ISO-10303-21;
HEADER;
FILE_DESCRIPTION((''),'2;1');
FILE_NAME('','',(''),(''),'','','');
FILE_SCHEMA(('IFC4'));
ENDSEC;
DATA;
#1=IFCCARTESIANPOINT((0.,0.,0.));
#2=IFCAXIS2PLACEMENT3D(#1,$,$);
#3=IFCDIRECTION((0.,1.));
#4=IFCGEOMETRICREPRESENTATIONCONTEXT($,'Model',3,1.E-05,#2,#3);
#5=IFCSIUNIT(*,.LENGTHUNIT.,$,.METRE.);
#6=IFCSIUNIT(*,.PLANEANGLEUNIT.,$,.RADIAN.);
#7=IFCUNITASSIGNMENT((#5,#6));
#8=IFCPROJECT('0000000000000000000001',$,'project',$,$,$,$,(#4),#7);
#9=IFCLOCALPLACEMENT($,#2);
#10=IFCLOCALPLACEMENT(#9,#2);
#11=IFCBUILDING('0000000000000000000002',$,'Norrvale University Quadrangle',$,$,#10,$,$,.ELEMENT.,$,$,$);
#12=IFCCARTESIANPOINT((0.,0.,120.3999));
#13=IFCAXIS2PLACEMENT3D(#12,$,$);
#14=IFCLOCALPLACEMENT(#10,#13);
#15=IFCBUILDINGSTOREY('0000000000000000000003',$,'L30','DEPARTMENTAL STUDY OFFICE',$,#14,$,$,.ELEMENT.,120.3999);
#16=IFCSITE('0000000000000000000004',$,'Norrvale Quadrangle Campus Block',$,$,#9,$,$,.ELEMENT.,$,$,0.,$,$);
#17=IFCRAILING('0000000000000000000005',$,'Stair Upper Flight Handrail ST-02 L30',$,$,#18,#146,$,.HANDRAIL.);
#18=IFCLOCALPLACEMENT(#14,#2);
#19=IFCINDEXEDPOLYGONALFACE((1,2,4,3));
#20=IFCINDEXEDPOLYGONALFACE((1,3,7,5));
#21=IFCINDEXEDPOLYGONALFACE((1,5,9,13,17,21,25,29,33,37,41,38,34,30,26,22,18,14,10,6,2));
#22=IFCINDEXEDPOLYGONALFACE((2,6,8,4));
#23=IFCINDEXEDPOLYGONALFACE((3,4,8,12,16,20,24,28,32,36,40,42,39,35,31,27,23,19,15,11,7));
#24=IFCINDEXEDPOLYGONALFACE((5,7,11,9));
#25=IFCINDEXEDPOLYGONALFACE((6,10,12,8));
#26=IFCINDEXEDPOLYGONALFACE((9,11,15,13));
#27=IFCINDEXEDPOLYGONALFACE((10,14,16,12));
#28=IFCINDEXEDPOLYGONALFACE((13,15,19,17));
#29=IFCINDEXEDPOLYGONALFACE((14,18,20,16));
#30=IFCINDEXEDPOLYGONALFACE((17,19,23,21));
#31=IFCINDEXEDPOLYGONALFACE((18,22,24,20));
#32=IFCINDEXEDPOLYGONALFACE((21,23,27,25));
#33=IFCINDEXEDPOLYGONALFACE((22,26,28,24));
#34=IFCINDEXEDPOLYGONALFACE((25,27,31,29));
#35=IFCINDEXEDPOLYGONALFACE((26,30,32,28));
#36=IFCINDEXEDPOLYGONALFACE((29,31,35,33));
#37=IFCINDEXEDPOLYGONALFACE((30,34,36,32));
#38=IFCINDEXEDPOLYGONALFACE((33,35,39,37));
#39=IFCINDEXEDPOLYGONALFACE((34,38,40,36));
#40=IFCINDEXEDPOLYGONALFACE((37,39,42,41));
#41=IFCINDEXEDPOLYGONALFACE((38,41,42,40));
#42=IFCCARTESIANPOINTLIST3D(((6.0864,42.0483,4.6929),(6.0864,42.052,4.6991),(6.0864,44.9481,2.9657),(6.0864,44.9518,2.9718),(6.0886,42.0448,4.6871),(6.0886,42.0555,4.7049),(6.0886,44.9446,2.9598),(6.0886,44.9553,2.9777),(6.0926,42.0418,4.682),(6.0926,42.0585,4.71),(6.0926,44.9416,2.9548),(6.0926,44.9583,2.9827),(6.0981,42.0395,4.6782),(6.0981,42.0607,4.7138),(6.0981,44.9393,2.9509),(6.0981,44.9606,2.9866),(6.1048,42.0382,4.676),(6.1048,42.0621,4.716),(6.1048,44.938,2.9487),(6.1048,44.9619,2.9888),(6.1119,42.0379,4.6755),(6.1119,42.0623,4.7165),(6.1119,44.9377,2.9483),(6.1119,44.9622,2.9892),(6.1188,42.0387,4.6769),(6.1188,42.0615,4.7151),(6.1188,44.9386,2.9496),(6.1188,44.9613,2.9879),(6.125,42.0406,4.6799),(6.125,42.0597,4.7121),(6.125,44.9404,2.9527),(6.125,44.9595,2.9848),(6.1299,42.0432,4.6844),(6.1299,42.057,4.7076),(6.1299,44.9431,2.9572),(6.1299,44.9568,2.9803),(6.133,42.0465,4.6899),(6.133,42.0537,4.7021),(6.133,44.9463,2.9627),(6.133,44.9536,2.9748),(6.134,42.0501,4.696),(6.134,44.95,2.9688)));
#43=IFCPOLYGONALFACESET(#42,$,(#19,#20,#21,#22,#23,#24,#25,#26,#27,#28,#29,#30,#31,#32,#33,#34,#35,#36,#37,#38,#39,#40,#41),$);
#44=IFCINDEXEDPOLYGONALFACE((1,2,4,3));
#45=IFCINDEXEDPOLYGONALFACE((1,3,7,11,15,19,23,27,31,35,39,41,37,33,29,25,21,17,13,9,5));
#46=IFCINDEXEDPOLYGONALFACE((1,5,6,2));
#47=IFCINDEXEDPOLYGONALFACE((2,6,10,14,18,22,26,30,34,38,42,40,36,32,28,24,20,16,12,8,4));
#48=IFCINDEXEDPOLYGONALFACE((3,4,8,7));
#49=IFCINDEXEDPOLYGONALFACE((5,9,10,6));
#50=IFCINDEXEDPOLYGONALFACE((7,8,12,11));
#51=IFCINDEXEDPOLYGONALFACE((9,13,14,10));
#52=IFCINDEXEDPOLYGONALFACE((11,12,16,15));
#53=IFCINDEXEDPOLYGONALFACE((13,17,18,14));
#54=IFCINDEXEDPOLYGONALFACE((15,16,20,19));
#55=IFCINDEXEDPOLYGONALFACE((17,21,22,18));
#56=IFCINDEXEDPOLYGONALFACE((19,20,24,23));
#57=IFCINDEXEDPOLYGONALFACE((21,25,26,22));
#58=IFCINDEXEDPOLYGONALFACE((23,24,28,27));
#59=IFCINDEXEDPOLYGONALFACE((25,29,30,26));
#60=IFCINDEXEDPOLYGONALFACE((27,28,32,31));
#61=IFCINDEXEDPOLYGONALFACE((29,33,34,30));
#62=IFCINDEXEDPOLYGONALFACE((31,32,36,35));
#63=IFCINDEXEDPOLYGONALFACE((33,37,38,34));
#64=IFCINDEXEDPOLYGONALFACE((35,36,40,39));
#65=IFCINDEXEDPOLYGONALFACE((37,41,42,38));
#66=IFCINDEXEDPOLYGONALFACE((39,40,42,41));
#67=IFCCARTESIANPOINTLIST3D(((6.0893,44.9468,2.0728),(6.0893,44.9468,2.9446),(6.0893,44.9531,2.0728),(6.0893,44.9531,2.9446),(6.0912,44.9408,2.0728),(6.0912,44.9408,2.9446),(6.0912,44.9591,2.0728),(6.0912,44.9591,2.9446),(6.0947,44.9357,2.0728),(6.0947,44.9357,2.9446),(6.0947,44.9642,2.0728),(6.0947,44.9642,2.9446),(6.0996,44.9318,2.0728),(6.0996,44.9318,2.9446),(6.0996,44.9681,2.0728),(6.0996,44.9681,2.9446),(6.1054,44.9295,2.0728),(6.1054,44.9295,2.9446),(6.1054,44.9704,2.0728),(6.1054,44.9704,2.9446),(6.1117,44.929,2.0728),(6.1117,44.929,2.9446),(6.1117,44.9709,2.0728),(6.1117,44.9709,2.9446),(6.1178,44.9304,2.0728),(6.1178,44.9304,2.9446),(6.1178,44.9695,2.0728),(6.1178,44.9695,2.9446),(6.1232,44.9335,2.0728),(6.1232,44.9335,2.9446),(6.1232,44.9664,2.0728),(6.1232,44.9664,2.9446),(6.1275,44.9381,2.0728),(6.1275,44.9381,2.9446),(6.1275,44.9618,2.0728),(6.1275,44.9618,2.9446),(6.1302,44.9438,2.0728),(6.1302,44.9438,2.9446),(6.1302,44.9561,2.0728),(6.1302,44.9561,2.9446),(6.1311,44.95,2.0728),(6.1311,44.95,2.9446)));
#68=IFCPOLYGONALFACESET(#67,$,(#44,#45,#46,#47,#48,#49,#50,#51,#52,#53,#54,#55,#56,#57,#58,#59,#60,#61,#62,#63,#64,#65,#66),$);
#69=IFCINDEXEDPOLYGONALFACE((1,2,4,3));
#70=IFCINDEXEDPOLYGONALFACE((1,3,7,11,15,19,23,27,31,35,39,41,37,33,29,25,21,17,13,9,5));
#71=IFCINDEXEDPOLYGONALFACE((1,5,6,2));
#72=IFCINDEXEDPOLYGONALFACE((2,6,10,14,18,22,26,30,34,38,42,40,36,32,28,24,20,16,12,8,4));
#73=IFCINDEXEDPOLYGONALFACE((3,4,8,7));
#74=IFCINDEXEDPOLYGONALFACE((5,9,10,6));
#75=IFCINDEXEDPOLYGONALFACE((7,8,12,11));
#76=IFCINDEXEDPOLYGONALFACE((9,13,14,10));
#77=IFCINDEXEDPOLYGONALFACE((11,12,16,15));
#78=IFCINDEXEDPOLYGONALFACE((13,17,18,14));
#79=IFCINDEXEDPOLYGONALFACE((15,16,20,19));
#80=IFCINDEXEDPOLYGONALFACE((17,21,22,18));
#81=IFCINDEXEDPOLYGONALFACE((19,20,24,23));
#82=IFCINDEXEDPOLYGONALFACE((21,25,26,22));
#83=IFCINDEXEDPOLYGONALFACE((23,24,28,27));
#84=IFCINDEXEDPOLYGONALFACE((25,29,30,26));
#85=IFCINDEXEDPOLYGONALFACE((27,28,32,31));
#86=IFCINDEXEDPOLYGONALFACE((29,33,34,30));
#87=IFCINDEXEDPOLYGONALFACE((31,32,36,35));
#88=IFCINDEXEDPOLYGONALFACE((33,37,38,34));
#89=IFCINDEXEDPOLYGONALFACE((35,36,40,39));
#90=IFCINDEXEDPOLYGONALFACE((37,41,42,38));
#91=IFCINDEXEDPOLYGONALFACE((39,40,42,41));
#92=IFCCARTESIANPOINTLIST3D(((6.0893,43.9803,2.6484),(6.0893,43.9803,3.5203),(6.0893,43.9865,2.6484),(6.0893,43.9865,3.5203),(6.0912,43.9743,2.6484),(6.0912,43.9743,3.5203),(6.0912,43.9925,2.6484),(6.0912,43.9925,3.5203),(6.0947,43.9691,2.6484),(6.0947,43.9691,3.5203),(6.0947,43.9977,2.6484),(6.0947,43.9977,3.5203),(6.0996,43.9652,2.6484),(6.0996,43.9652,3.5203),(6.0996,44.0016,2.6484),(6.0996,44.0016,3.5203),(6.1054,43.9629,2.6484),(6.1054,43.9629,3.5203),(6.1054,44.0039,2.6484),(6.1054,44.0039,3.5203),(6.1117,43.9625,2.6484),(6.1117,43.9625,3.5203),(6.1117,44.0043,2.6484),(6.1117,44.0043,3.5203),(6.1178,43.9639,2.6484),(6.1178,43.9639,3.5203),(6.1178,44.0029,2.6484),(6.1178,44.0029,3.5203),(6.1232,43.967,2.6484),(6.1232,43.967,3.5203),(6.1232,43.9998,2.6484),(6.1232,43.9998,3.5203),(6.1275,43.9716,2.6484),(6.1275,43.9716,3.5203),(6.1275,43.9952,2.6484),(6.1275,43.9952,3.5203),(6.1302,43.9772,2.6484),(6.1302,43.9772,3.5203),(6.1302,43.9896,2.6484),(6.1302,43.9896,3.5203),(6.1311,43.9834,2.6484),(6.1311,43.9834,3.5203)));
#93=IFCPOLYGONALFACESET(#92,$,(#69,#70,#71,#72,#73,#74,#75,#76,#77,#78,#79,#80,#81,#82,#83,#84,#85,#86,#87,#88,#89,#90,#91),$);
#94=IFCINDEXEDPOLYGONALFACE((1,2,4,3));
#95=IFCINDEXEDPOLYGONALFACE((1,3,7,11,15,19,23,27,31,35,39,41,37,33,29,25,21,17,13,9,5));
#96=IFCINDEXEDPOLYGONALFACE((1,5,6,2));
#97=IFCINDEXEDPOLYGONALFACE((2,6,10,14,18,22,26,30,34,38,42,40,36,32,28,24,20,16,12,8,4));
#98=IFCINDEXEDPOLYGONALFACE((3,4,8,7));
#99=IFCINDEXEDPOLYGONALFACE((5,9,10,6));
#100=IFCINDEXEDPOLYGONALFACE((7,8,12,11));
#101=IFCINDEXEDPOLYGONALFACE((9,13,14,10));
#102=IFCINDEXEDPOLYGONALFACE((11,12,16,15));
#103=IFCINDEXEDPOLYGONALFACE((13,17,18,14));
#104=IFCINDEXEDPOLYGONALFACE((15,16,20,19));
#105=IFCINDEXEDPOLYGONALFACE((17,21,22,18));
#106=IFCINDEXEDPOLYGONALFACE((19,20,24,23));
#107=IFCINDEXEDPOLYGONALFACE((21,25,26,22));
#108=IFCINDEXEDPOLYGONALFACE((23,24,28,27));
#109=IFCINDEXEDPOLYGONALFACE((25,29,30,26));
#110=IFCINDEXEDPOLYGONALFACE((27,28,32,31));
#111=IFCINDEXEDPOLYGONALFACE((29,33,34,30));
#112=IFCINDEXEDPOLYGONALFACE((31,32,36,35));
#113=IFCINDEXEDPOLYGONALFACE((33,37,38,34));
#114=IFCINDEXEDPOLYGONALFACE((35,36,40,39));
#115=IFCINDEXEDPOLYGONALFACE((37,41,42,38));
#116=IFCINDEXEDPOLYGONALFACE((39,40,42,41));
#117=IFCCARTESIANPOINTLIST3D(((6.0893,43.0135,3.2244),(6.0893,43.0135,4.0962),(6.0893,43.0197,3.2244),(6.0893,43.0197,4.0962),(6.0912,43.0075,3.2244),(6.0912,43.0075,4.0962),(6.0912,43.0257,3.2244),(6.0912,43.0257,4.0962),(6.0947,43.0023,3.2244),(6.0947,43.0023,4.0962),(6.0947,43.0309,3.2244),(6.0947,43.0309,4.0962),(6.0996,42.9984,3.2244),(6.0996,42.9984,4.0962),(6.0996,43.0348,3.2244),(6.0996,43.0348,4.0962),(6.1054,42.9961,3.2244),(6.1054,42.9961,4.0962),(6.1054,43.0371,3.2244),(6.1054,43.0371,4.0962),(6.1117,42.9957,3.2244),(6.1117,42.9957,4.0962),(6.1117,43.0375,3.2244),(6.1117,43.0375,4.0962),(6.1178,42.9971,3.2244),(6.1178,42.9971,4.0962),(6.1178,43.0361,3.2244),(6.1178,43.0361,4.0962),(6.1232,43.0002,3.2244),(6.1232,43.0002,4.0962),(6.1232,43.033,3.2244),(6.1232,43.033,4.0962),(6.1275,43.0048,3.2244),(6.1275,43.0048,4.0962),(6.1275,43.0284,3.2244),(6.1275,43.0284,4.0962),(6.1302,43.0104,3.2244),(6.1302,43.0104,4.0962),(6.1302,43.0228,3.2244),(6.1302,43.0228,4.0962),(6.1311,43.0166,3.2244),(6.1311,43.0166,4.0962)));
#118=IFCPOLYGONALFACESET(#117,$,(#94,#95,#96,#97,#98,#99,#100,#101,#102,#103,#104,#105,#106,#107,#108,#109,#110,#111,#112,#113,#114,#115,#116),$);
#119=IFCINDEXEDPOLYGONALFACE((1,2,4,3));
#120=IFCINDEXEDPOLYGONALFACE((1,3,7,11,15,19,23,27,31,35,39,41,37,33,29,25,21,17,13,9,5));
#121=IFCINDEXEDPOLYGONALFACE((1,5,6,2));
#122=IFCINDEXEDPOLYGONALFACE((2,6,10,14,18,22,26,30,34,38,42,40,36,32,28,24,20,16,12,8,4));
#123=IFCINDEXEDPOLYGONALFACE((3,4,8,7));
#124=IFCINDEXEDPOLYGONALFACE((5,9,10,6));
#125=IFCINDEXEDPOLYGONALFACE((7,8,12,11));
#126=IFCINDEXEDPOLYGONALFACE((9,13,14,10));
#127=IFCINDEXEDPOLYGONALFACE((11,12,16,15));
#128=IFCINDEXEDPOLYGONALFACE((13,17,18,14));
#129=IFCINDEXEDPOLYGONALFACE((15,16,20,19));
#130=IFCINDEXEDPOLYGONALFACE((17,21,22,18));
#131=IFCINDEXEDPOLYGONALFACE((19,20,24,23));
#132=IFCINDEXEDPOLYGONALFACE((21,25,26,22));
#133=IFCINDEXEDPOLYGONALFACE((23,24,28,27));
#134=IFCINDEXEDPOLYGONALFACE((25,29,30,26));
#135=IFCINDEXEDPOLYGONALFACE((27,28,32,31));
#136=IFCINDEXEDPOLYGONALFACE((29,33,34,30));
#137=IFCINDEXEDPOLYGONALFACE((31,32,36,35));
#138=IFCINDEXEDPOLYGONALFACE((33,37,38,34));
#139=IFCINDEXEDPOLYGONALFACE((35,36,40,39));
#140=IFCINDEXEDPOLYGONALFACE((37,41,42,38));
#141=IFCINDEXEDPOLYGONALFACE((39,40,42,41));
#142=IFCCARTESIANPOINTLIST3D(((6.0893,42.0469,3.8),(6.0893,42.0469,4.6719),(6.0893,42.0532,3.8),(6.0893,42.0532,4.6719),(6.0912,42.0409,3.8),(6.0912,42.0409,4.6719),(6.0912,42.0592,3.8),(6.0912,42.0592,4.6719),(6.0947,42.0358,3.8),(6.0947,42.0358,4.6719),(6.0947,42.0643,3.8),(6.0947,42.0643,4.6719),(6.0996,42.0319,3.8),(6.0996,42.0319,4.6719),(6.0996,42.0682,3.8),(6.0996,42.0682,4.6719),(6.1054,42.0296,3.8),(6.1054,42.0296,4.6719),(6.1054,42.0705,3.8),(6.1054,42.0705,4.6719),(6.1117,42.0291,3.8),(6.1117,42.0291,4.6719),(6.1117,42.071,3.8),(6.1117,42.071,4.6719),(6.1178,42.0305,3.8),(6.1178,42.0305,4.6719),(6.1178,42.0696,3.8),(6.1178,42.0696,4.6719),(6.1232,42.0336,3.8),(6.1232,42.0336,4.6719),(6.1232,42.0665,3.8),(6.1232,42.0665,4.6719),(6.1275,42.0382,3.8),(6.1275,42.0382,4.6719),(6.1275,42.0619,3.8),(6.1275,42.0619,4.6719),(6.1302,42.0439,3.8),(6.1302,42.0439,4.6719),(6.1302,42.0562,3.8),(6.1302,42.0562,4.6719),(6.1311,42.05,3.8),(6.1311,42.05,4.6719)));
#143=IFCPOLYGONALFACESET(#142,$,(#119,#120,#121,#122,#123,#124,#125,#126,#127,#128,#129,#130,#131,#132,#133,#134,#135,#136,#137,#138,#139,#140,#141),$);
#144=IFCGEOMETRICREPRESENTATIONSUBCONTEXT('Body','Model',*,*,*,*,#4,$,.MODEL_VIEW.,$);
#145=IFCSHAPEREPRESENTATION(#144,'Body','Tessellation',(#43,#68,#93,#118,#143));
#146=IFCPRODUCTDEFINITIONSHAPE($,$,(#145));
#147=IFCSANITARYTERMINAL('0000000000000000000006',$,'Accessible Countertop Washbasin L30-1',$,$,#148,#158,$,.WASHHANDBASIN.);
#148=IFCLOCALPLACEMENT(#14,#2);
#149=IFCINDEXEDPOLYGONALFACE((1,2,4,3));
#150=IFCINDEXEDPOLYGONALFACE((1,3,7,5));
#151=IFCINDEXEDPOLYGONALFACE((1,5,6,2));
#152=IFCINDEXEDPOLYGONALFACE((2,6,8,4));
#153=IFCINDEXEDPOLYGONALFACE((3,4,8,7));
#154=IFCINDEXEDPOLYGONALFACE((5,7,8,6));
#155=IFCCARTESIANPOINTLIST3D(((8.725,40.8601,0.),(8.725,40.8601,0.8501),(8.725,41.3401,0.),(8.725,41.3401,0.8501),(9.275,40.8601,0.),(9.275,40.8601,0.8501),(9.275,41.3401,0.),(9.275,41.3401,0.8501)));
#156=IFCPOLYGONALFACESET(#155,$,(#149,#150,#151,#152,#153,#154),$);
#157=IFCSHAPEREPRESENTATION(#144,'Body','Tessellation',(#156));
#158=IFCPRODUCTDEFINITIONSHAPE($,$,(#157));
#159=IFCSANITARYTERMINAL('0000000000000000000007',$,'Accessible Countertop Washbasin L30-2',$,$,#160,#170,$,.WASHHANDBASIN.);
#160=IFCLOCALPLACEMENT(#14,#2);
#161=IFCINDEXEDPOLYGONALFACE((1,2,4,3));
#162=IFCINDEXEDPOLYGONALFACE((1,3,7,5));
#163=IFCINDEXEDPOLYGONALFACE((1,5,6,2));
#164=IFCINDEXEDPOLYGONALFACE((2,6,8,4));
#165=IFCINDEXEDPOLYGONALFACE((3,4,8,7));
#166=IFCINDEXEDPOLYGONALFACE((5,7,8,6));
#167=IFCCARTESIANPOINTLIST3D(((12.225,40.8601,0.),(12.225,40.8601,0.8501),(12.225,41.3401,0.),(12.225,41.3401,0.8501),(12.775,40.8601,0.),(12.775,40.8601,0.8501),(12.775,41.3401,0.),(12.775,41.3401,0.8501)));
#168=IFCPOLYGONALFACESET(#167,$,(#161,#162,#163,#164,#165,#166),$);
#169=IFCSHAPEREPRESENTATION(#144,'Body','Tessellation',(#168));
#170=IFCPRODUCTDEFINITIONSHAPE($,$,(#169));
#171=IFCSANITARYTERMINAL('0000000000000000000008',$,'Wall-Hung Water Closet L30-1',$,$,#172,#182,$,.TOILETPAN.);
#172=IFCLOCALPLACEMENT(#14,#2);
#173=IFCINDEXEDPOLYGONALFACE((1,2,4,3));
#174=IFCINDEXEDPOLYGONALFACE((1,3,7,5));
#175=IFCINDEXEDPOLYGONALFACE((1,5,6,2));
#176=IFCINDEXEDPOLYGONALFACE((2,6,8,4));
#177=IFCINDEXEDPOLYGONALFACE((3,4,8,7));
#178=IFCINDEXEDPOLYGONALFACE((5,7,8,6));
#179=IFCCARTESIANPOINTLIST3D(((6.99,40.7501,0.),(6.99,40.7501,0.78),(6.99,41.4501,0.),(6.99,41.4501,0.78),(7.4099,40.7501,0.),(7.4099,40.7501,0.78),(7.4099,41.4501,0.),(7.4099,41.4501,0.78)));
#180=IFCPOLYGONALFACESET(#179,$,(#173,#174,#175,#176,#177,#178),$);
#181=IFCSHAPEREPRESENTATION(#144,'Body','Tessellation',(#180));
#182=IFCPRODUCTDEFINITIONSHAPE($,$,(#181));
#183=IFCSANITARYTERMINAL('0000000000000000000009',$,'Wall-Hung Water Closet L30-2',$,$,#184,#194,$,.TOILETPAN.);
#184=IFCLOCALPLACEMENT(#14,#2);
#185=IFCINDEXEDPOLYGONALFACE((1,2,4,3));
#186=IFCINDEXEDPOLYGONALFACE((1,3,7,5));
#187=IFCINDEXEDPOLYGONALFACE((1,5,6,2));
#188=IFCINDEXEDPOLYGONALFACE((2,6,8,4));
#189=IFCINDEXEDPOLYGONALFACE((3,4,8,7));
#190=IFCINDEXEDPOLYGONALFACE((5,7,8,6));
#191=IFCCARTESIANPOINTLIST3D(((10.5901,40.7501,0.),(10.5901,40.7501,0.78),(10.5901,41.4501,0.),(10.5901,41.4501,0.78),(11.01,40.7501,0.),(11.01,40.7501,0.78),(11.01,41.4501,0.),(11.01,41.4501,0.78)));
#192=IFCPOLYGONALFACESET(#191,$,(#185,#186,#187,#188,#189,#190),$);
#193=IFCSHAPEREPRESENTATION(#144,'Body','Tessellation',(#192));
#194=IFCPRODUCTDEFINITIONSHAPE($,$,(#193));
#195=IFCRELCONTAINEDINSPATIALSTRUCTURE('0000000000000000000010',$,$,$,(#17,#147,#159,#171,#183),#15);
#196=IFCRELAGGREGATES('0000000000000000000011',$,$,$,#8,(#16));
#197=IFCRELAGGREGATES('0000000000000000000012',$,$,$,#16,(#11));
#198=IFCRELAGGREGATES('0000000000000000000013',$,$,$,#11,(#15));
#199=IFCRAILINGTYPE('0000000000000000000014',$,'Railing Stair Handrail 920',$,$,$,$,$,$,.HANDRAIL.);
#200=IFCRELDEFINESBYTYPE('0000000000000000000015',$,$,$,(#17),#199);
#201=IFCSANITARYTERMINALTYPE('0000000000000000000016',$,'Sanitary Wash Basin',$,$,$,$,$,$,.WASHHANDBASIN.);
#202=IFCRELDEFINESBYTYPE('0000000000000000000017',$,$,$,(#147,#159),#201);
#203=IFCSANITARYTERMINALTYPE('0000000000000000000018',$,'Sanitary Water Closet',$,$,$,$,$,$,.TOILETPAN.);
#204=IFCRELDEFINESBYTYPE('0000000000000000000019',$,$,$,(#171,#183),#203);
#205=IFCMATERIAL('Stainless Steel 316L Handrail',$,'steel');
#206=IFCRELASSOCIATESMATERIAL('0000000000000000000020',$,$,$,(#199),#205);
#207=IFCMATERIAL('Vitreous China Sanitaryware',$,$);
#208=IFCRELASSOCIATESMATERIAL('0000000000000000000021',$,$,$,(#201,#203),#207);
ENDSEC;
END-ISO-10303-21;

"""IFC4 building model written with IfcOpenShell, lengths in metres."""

from ifc_helpers import new_model, si_unit, direction, frame, origin, origin_2d, place, context, subcontext, project, spatial, rectangle, circle, extrude, material, type_object, element, save


model = new_model("IFC4")

# Units and contexts
model_context = context("Model", 3, precision=1e-05, world=origin(), true_north=direction((0.0, 1.0)))
body_context = subcontext(model_context, "Body", "Model", "MODEL_VIEW")
ifc_project = project(units=[si_unit("LENGTHUNIT", "METRE"), si_unit("PLANEANGLEUNIT", "RADIAN")], contexts=[model_context])

# Site, building, storey
site_placement = place(None, origin())
site = spatial("IfcSite", under=ifc_project, at=site_placement, Name="Norrvale Quadrangle Campus Block", CompositionType="ELEMENT", RefElevation=0.0)
building_placement = place(site_placement, origin())
building = spatial("IfcBuilding", under=site, at=building_placement, Name="Norrvale University Quadrangle", CompositionType="ELEMENT")
storey_placement = place(building_placement, frame((0.0, 0.0, 120.3999)))
storey = spatial("IfcBuildingStorey", under=building, at=storey_placement, Name="L30", Description="DEPARTMENTAL STUDY OFFICE", CompositionType="ELEMENT", Elevation=120.3999)

# Railing
ifc_material_1 = material(Name="Stainless Steel 316L Handrail", Category="steel")
railing_type_1 = type_object("IfcRailingType", Name="Railing Stair Handrail 920", PredefinedType="HANDRAIL", material=ifc_material_1)
railing_1_placement = place(storey_placement, frame((6.1101, 44.95, 2.0728)))
element("IfcRailing", 1, at=railing_1_placement, inside=storey, type_object=railing_type_1, Name="Stair Upper Flight Handrail ST-02 L30", PredefinedType="HANDRAIL", context=body_context, shape_type="SweptSolid", body=[
    extrude(circle(Radius=0.0239, at=origin_2d()), frame((0.0, 0.0, 0.896), z_axis=(0.0, -0.859141, 0.511738), x_axis=(1.0, 0.0, 0.0)), (0.0, 0.0, 1.0), 3.3752),
    extrude(circle(Radius=0.021, at=origin_2d()), origin(), (0.0, 0.0, 1.0), 0.8718),
    extrude(circle(Radius=0.021, at=origin_2d()), frame((0.0, -0.9666, 0.5757)), (0.0, 0.0, 1.0), 0.8718),
    extrude(circle(Radius=0.021, at=origin_2d()), frame((0.0, -1.9333, 1.1516)), (0.0, 0.0, 1.0), 0.8718),
    extrude(circle(Radius=0.021, at=origin_2d()), frame((0.0, -2.8999, 1.7273)), (0.0, 0.0, 1.0), 0.8718),
])

# Sanitary terminals
ifc_material_2 = material(Name="Vitreous China Sanitaryware")
sanitary_terminal_type_1 = type_object("IfcSanitaryTerminalType", Name="Sanitary Wash Basin", PredefinedType="WASHHANDBASIN", material=ifc_material_2)
for number, where, z_axis, x_axis, name in (
    (2, (9.0, 41.1001, 0.0), (0.0, 0.0, 1.0), (1.0, 0.0, 0.0), "Accessible Countertop Washbasin L30-1"),
    (3, (12.5, 41.1001, 0.0), (0.0, 0.0, 1.0), (1.0, 0.0, 0.0), "Accessible Countertop Washbasin L30-2"),
):
    element("IfcSanitaryTerminal", number, at=place(storey_placement, frame(where, z_axis=z_axis, x_axis=x_axis)), inside=storey, type_object=sanitary_terminal_type_1, Name=name, PredefinedType="WASHHANDBASIN", context=body_context, shape_type="SweptSolid", body=[
        extrude(rectangle(XDim=0.55, YDim=0.48, at=origin_2d()), origin(), (0.0, 0.0, 1.0), 0.8501),
    ])
sanitary_terminal_type_2 = type_object("IfcSanitaryTerminalType", Name="Sanitary Water Closet", PredefinedType="TOILETPAN", material=ifc_material_2)
for number, where, z_axis, x_axis, name in (
    (4, (7.2, 41.1001, 0.0), (0.0, 0.0, 1.0), (1.0, 0.0, 0.0), "Wall-Hung Water Closet L30-1"),
    (5, (10.8, 41.1001, 0.0), (0.0, 0.0, 1.0), (1.0, 0.0, 0.0), "Wall-Hung Water Closet L30-2"),
):
    element("IfcSanitaryTerminal", number, at=place(storey_placement, frame(where, z_axis=z_axis, x_axis=x_axis)), inside=storey, type_object=sanitary_terminal_type_2, Name=name, PredefinedType="TOILETPAN", context=body_context, shape_type="SweptSolid", body=[
        extrude(rectangle(XDim=0.4199, YDim=0.7, at=origin_2d()), origin(), (0.0, 0.0, 1.0), 0.78),
    ])

save(model, "model.ifc")
